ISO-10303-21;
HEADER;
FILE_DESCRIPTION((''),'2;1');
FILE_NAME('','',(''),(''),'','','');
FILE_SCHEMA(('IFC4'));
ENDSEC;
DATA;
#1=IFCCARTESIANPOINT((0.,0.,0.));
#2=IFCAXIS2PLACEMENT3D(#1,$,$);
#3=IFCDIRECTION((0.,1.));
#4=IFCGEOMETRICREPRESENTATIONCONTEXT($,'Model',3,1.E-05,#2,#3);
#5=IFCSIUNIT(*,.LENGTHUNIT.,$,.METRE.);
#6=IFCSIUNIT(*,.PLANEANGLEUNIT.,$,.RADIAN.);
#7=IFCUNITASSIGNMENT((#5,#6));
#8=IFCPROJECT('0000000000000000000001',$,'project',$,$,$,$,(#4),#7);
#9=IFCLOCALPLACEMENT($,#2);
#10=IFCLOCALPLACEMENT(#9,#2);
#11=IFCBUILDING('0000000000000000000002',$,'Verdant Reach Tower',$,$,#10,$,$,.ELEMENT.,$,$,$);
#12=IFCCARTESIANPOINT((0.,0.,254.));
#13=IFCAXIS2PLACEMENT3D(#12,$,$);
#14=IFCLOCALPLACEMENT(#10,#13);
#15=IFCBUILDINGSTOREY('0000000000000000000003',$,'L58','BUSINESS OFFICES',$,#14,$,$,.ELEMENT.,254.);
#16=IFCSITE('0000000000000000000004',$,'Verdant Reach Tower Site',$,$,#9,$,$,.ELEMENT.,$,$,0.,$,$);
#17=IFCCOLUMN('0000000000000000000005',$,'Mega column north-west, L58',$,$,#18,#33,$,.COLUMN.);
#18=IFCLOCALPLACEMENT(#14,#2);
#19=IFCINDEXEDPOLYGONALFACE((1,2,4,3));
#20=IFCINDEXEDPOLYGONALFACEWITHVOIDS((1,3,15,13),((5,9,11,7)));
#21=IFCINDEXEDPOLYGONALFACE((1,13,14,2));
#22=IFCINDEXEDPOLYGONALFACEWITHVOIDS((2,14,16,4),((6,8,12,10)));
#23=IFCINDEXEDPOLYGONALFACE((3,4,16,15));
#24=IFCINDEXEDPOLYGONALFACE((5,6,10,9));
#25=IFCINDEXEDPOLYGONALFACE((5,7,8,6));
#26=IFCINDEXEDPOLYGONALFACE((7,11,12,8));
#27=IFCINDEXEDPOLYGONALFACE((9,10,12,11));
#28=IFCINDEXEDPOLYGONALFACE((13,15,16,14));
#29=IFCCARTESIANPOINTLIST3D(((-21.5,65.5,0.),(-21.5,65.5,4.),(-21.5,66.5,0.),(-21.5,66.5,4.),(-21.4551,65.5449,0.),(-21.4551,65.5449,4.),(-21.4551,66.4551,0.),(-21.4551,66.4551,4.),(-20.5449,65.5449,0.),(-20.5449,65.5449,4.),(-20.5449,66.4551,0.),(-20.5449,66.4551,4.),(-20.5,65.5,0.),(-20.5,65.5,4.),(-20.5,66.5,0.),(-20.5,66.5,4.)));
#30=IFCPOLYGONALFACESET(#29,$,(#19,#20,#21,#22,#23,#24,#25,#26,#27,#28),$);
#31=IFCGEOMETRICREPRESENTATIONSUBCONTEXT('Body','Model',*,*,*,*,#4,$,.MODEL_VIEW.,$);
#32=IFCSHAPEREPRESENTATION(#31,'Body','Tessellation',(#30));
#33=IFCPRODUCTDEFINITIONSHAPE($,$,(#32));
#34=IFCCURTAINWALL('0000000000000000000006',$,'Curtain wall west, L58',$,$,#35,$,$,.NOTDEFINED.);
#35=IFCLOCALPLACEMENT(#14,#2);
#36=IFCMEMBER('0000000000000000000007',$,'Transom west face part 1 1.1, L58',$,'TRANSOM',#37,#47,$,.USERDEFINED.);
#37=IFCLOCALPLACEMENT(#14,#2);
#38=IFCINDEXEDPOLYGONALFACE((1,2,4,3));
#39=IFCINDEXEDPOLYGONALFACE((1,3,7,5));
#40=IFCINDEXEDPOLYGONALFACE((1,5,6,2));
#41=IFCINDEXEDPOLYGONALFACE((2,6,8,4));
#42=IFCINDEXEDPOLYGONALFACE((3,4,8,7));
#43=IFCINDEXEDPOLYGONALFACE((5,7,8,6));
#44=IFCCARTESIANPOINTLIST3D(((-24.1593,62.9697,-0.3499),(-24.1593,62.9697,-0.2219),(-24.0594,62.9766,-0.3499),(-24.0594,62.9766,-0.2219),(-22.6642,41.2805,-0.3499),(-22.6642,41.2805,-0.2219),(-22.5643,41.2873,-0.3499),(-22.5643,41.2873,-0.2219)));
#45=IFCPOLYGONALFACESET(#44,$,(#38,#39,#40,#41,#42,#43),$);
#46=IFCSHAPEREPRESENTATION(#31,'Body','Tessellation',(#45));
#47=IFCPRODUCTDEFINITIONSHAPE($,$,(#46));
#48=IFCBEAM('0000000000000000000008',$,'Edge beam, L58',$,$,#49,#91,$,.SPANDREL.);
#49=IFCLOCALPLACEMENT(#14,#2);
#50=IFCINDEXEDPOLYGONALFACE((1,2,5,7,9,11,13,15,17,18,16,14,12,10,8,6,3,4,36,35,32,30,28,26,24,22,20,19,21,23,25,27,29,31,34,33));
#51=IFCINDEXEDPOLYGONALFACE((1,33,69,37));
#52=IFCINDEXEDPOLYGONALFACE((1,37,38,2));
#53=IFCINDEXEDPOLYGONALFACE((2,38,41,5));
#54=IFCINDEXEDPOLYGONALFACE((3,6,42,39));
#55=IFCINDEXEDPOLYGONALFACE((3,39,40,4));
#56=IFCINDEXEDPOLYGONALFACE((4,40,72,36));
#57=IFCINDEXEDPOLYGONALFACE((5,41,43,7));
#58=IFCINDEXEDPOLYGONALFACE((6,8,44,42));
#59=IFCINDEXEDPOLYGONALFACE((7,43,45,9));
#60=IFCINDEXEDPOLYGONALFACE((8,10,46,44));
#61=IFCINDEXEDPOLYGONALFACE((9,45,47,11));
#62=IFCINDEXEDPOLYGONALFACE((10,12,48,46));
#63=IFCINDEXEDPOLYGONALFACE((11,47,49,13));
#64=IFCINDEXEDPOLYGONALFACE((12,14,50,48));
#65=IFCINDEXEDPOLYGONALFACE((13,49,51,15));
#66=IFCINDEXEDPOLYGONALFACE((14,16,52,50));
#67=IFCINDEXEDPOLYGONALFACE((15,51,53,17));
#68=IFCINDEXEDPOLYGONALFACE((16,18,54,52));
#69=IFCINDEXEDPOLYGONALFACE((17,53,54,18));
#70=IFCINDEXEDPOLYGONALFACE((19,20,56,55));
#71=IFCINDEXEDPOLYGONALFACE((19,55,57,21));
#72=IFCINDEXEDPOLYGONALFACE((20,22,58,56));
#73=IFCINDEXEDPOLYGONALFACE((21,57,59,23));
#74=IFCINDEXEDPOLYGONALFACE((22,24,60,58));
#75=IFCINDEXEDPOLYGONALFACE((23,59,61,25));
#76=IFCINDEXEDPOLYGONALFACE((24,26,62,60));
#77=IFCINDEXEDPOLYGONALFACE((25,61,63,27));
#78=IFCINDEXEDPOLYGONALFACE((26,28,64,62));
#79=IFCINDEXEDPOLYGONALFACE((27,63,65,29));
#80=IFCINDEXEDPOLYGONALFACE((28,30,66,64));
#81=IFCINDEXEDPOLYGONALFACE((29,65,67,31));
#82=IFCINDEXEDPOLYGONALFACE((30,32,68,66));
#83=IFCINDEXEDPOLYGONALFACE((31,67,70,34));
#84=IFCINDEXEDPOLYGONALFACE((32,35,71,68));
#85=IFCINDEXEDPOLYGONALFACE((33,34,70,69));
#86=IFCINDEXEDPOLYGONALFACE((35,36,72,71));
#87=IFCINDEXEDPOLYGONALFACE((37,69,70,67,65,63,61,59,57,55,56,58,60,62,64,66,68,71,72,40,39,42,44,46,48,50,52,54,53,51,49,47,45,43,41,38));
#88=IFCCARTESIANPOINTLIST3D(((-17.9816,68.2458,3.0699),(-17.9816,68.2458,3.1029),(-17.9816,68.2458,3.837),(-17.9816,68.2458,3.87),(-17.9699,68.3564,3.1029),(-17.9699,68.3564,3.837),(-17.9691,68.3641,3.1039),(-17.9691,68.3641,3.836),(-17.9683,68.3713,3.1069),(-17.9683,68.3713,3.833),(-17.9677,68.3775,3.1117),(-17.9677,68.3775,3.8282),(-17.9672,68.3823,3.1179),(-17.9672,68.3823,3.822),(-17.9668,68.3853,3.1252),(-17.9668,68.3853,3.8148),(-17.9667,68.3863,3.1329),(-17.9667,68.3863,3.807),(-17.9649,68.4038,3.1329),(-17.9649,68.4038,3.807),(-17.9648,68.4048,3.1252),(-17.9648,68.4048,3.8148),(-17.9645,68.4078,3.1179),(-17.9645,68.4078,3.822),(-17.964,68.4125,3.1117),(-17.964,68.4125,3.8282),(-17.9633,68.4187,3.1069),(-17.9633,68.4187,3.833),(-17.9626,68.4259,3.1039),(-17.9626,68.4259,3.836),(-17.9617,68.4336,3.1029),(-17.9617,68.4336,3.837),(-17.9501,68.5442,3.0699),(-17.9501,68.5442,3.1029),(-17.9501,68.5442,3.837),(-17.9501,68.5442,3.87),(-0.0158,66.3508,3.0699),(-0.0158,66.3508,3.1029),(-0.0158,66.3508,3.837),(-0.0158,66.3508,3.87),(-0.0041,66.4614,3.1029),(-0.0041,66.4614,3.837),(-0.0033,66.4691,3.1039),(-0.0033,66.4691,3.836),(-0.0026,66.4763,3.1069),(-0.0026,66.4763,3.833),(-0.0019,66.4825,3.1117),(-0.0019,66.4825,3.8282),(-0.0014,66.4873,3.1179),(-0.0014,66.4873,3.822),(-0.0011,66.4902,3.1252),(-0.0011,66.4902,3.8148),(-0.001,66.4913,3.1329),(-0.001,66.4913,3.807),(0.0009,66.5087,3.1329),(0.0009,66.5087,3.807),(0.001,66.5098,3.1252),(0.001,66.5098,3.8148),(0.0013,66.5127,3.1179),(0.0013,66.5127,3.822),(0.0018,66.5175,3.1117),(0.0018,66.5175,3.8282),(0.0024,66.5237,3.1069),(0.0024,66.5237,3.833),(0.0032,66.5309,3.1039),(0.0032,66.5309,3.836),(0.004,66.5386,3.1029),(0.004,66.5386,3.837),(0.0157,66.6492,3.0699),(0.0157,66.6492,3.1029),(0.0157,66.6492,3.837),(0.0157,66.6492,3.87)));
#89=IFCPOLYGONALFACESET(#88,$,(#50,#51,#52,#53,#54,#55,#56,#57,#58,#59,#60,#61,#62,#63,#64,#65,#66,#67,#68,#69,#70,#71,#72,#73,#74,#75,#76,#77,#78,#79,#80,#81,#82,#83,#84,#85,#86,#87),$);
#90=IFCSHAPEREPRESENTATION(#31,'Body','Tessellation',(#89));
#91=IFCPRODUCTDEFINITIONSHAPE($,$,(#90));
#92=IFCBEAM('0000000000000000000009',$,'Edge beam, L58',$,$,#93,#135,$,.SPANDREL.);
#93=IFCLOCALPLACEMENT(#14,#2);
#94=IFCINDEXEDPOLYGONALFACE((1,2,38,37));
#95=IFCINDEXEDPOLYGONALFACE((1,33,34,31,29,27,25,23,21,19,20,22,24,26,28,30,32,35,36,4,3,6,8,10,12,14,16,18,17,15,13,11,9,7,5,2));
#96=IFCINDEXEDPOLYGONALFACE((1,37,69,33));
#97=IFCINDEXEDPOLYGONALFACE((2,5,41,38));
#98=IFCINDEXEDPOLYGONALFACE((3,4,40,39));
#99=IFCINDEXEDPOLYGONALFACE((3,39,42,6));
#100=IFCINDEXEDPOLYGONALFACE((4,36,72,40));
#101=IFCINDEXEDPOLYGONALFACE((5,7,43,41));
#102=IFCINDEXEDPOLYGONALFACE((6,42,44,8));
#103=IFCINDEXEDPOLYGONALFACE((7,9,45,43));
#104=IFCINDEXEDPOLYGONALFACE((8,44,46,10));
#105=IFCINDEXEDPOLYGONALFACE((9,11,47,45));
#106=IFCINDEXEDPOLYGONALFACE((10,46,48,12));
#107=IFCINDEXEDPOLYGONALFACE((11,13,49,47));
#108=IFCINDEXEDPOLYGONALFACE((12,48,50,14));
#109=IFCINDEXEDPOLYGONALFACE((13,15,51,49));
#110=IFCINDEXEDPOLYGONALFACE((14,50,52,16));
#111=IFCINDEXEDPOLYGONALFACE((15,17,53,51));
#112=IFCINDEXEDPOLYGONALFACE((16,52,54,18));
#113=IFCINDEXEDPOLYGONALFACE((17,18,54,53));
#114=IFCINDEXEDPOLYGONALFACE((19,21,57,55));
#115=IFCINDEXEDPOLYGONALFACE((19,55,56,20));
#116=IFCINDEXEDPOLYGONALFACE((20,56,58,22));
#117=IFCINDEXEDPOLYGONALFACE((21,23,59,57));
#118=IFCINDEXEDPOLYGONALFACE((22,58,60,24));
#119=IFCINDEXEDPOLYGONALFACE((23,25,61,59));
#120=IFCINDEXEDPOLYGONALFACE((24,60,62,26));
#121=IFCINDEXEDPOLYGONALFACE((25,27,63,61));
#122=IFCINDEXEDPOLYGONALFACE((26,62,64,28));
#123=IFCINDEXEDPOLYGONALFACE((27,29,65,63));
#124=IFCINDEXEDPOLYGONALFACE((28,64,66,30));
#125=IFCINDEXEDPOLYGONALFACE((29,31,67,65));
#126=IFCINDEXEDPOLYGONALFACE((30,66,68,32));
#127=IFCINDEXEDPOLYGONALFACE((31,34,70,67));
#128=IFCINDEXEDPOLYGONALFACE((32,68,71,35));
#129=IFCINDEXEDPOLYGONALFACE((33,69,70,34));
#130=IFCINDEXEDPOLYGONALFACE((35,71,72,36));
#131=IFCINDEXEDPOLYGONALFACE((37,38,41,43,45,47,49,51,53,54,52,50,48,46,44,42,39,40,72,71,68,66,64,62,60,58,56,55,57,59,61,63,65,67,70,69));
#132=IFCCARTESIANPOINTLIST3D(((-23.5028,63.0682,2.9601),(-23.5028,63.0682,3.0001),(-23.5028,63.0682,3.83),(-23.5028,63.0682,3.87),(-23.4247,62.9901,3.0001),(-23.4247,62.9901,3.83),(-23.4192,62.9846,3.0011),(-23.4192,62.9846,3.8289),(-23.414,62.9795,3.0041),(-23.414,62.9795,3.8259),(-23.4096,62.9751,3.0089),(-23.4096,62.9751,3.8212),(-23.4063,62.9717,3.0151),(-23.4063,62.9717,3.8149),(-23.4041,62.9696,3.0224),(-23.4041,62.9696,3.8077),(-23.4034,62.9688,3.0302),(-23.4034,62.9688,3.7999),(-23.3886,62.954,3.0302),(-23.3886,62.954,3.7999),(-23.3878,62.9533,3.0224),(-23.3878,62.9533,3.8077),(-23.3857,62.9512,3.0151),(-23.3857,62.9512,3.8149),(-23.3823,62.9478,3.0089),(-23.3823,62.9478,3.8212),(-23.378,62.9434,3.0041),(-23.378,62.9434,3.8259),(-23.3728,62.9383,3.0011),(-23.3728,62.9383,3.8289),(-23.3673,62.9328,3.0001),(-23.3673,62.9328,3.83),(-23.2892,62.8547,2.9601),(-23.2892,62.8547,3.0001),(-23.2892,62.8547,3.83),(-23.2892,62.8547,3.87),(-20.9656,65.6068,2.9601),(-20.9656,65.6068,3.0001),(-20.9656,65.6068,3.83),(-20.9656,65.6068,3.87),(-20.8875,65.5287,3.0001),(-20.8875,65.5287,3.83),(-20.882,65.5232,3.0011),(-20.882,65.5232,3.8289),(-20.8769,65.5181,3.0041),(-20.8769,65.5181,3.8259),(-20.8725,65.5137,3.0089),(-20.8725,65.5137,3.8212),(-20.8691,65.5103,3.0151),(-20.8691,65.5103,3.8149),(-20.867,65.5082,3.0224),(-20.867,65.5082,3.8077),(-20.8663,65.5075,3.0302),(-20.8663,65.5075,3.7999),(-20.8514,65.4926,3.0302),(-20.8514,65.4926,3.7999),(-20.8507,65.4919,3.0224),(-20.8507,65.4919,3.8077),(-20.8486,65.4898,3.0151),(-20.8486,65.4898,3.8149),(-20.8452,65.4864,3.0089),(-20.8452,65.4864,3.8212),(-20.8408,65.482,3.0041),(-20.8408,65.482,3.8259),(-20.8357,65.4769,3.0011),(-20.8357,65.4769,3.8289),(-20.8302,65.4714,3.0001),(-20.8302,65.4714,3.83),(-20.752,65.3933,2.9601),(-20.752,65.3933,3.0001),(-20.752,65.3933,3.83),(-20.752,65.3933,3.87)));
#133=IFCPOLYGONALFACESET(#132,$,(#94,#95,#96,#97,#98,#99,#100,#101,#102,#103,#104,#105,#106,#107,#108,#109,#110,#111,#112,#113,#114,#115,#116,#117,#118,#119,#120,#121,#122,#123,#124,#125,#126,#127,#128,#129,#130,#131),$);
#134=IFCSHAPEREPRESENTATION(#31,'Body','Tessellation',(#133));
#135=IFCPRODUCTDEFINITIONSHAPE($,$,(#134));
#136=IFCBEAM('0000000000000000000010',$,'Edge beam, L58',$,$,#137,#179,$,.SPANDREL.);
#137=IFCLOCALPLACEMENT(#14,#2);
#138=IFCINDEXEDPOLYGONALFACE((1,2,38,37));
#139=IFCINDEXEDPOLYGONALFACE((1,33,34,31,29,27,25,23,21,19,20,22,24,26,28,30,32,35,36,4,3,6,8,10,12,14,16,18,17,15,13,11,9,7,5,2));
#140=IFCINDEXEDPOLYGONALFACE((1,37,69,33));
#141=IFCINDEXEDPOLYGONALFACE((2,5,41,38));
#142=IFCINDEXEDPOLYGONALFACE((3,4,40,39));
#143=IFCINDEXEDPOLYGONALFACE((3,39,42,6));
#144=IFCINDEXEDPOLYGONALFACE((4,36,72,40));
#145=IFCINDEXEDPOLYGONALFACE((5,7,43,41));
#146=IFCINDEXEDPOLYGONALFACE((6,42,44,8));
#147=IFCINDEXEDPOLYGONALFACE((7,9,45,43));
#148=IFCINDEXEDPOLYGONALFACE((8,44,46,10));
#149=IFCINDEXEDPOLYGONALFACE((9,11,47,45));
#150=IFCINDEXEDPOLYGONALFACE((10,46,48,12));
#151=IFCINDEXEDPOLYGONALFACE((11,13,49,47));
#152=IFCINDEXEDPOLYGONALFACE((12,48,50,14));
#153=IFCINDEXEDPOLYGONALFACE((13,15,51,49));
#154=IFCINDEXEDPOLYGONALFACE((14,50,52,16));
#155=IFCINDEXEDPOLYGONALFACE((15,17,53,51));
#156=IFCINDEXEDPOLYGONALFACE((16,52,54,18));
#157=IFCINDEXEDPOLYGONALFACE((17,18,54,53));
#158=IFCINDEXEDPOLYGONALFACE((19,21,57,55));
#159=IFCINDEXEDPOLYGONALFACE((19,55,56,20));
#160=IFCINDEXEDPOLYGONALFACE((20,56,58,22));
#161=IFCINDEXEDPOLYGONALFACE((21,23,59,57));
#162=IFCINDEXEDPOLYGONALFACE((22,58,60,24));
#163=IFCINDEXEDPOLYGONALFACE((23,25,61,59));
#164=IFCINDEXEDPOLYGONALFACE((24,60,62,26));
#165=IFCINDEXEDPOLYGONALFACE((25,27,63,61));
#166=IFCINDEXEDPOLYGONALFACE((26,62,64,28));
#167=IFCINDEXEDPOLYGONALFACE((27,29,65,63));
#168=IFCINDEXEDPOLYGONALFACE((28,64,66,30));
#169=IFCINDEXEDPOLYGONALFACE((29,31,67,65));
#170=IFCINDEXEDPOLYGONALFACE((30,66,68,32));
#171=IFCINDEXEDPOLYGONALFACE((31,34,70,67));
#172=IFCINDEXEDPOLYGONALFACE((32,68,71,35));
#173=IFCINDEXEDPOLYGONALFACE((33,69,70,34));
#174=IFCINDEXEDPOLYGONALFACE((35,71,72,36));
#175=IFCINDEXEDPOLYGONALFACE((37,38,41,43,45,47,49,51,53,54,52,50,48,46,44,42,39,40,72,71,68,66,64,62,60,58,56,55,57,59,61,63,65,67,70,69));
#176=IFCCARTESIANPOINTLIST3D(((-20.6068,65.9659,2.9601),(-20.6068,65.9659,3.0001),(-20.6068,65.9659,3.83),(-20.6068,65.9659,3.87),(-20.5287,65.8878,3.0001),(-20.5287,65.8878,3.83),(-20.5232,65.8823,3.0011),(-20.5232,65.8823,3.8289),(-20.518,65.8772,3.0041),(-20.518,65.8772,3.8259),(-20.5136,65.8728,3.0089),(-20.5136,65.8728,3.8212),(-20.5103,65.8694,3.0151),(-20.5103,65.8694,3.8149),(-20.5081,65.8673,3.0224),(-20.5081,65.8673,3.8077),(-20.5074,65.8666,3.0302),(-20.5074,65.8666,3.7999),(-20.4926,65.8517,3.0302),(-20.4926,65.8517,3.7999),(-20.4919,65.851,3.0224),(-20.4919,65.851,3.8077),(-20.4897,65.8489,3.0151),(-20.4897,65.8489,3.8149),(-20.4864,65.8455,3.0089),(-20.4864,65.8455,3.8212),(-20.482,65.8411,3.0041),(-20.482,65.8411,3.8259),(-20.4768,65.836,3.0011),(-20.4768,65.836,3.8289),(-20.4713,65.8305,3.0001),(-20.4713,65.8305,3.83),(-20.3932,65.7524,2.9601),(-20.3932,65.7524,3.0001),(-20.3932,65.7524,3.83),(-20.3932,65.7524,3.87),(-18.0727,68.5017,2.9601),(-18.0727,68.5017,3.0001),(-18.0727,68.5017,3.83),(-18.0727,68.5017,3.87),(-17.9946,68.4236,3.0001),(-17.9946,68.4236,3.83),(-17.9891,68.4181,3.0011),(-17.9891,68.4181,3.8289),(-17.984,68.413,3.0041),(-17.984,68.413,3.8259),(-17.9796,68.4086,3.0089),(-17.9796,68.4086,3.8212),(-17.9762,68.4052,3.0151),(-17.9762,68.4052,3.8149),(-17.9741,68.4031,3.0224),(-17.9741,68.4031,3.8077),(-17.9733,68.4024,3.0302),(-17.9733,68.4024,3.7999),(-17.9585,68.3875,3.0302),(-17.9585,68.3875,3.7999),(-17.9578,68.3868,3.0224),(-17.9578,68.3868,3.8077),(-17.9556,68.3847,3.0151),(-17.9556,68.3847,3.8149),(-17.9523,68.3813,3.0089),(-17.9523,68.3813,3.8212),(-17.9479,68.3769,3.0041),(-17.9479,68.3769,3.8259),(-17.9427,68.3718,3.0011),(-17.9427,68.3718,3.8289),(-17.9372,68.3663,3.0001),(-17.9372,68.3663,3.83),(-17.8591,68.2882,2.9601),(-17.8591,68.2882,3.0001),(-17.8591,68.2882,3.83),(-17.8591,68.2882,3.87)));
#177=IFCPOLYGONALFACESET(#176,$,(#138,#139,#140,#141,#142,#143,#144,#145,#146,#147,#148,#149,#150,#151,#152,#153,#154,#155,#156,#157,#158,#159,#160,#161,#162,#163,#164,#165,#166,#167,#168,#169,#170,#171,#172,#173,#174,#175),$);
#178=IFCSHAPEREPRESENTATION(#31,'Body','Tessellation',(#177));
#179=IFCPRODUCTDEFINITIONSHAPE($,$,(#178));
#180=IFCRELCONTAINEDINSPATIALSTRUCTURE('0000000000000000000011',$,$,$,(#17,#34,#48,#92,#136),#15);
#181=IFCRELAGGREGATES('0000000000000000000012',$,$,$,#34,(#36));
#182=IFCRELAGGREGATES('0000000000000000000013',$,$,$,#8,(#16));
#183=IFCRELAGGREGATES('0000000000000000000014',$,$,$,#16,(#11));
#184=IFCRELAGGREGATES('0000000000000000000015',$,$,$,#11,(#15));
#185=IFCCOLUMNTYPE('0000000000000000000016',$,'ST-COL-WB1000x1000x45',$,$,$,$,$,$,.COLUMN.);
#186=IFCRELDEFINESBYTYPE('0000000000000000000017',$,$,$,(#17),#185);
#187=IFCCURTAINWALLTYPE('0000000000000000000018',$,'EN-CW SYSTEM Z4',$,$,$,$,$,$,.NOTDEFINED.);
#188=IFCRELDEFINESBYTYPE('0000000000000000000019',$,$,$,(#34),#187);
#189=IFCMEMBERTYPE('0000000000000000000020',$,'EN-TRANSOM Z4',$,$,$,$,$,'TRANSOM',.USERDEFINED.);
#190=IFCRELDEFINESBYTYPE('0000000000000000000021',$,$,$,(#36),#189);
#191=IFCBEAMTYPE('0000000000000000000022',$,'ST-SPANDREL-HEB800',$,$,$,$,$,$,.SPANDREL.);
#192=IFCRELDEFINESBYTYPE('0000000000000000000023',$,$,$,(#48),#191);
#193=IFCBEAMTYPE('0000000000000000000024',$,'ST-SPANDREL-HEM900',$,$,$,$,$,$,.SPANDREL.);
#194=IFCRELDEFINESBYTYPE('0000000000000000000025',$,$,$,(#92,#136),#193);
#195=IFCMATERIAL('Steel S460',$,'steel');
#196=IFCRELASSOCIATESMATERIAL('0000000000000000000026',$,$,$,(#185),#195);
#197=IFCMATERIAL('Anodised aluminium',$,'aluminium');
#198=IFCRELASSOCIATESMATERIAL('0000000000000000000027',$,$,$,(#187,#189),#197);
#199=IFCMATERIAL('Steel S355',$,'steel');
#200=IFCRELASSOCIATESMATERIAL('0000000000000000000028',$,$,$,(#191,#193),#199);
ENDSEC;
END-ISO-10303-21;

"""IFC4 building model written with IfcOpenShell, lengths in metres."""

from ifc_helpers import new_model, si_unit, direction, frame, origin, origin_2d, place, context, subcontext, project, spatial, rectangle, hollow_rectangle, i_section, extrude, material, material_profile, profile_set, type_object, element, aggregate, save


model = new_model("IFC4")

# Units and contexts
model_context = context("Model", 3, precision=1e-05, world=origin(), true_north=direction((0.0, 1.0)))
body_context = subcontext(model_context, "Body", "Model", "MODEL_VIEW")
ifc_project = project(units=[si_unit("LENGTHUNIT", "METRE"), si_unit("PLANEANGLEUNIT", "RADIAN")], contexts=[model_context])

# Site, building, storey
site_placement = place(None, origin())
site = spatial("IfcSite", under=ifc_project, at=site_placement, Name="Verdant Reach Tower Site", CompositionType="ELEMENT", RefElevation=0.0)
building_placement = place(site_placement, origin())
building = spatial("IfcBuilding", under=site, at=building_placement, Name="Verdant Reach Tower", CompositionType="ELEMENT")
storey_placement = place(building_placement, frame((0.0, 0.0, 254.0)))
storey = spatial("IfcBuildingStorey", under=building, at=storey_placement, Name="L58", Description="BUSINESS OFFICES", CompositionType="ELEMENT", Elevation=254.0)

# Column
ifc_material_1 = material(Name="Steel S460", Category="steel")
ifc_material_profile_1 = material_profile(ifc_material_1, hollow_rectangle(XDim=1.0, YDim=1.0, WallThickness=0.0449, at=origin_2d()), Name="WB 1000x1000x45")
ifc_profile_set_1 = profile_set([ifc_material_profile_1], Name="Steel S460")
column_type = type_object("IfcColumnType", Name="ST-COL-WB1000x1000x45", PredefinedType="COLUMN", material=ifc_profile_set_1)
column_placement = place(storey_placement, frame((-21.0, 66.0, 0.0), z_axis=(0.0, 0.0, 1.0), x_axis=(1.0, 0.0, 0.0)))
element("IfcColumn", 1, at=column_placement, inside=storey, type_object=column_type, Name="Mega column north-west, L58", PredefinedType="COLUMN", context=body_context, shape_type="SweptSolid", body=[
    extrude(hollow_rectangle(XDim=1.0, YDim=1.0, WallThickness=0.0449, at=origin_2d()), origin(), (0.0, 0.0, 1.0), 4.0),
])

# Curtain wall, member
ifc_material_2 = material(Name="Anodised aluminium", Category="aluminium")
curtain_wall_type = type_object("IfcCurtainWallType", Name="EN-CW SYSTEM Z4", PredefinedType="NOTDEFINED", material=ifc_material_2)
curtain_wall_1_placement = place(storey_placement, origin())
curtain_wall_1 = element("IfcCurtainWall", 2, at=curtain_wall_1_placement, inside=storey, type_object=curtain_wall_type, Name="Curtain wall west, L58", PredefinedType="NOTDEFINED")
ifc_material_profile_2 = material_profile(ifc_material_2, rectangle(XDim=0.1001, YDim=0.1279, at=origin_2d()), Name="Transom 128x100")
ifc_profile_set_2 = profile_set([ifc_material_profile_2], Name="Anodised aluminium")
member_type = type_object("IfcMemberType", Name="EN-TRANSOM Z4", ElementType="TRANSOM", PredefinedType="USERDEFINED", material=ifc_profile_set_2)
member_placement = place(storey_placement, frame((-24.1094, 62.9731, -0.2859), z_axis=(0.06877, -0.997633, 0.0), x_axis=(0.997633, 0.06877, 0.0)))
member = element("IfcMember", 3, at=member_placement, type_object=member_type, Name="Transom west face part 1 1.1, L58", ObjectType="TRANSOM", PredefinedType="USERDEFINED", context=body_context, shape_type="SweptSolid", body=[
    extrude(rectangle(XDim=0.1001, YDim=0.1279, at=origin_2d()), origin(), (0.0, 0.0, 1.0), 21.7407),
])

# Beams
ifc_material_3 = material(Name="Steel S355", Category="steel")
ifc_material_profile_3 = material_profile(ifc_material_3, i_section(OverallWidth=0.3, OverallDepth=0.8, WebThickness=0.0176, FlangeThickness=0.033, FilletRadius=0.03, at=origin_2d()), Name="HEB 800")
ifc_profile_set_3 = profile_set([ifc_material_profile_3], Name="Steel S355")
beam_type_1 = type_object("IfcBeamType", Name="ST-SPANDREL-HEB800", PredefinedType="SPANDREL", material=ifc_profile_set_3)
beam_1_placement = place(storey_placement, frame((-17.9658, 68.395, 3.47), z_axis=(0.994483, -0.104897, 0.0), x_axis=(0.104897, 0.994483, 0.0)))
element("IfcBeam", 4, at=beam_1_placement, inside=storey, type_object=beam_type_1, Name="Edge beam, L58", PredefinedType="SPANDREL", context=body_context, shape_type="SweptSolid", body=[
    extrude(i_section(OverallWidth=0.3, OverallDepth=0.8, WebThickness=0.0176, FlangeThickness=0.033, FilletRadius=0.03, at=origin_2d()), origin(), (0.0, 0.0, 1.0), 18.0654),
])
ifc_material_profile_4 = material_profile(ifc_material_3, i_section(OverallWidth=0.302, OverallDepth=0.9099, WebThickness=0.021, FlangeThickness=0.04, FilletRadius=0.03, at=origin_2d()), Name="HEM 900")
ifc_profile_set_4 = profile_set([ifc_material_profile_4], Name="Steel S355")
beam_type_2 = type_object("IfcBeamType", Name="ST-SPANDREL-HEM900", PredefinedType="SPANDREL", material=ifc_profile_set_4)
beam_2_placement = place(storey_placement, frame((-23.396, 62.9614, 3.415), z_axis=(0.706903, 0.707311, 0.0), x_axis=(-0.707311, 0.706903, 0.0)))
element("IfcBeam", 5, at=beam_2_placement, inside=storey, type_object=beam_type_2, Name="Edge beam, L58", PredefinedType="SPANDREL", context=body_context, shape_type="SweptSolid", body=[
    extrude(i_section(OverallWidth=0.302, OverallDepth=0.9099, WebThickness=0.021, FlangeThickness=0.04, FilletRadius=0.03, at=origin_2d()), origin(), (0.0, 0.0, 1.0), 3.5891),
])
beam_3_placement = place(storey_placement, frame((-20.5, 65.8591, 3.415), z_axis=(0.706868, 0.707345, 0.0), x_axis=(-0.707345, 0.706868, 0.0)))
element("IfcBeam", 6, at=beam_3_placement, inside=storey, type_object=beam_type_2, Name="Edge beam, L58", PredefinedType="SPANDREL", context=body_context, shape_type="SweptSolid", body=[
    extrude(i_section(OverallWidth=0.302, OverallDepth=0.9099, WebThickness=0.021, FlangeThickness=0.04, FilletRadius=0.03, at=origin_2d()), origin(), (0.0, 0.0, 1.0), 3.585),
])

aggregate(curtain_wall_1, [member])

save(model, "model.ifc")
